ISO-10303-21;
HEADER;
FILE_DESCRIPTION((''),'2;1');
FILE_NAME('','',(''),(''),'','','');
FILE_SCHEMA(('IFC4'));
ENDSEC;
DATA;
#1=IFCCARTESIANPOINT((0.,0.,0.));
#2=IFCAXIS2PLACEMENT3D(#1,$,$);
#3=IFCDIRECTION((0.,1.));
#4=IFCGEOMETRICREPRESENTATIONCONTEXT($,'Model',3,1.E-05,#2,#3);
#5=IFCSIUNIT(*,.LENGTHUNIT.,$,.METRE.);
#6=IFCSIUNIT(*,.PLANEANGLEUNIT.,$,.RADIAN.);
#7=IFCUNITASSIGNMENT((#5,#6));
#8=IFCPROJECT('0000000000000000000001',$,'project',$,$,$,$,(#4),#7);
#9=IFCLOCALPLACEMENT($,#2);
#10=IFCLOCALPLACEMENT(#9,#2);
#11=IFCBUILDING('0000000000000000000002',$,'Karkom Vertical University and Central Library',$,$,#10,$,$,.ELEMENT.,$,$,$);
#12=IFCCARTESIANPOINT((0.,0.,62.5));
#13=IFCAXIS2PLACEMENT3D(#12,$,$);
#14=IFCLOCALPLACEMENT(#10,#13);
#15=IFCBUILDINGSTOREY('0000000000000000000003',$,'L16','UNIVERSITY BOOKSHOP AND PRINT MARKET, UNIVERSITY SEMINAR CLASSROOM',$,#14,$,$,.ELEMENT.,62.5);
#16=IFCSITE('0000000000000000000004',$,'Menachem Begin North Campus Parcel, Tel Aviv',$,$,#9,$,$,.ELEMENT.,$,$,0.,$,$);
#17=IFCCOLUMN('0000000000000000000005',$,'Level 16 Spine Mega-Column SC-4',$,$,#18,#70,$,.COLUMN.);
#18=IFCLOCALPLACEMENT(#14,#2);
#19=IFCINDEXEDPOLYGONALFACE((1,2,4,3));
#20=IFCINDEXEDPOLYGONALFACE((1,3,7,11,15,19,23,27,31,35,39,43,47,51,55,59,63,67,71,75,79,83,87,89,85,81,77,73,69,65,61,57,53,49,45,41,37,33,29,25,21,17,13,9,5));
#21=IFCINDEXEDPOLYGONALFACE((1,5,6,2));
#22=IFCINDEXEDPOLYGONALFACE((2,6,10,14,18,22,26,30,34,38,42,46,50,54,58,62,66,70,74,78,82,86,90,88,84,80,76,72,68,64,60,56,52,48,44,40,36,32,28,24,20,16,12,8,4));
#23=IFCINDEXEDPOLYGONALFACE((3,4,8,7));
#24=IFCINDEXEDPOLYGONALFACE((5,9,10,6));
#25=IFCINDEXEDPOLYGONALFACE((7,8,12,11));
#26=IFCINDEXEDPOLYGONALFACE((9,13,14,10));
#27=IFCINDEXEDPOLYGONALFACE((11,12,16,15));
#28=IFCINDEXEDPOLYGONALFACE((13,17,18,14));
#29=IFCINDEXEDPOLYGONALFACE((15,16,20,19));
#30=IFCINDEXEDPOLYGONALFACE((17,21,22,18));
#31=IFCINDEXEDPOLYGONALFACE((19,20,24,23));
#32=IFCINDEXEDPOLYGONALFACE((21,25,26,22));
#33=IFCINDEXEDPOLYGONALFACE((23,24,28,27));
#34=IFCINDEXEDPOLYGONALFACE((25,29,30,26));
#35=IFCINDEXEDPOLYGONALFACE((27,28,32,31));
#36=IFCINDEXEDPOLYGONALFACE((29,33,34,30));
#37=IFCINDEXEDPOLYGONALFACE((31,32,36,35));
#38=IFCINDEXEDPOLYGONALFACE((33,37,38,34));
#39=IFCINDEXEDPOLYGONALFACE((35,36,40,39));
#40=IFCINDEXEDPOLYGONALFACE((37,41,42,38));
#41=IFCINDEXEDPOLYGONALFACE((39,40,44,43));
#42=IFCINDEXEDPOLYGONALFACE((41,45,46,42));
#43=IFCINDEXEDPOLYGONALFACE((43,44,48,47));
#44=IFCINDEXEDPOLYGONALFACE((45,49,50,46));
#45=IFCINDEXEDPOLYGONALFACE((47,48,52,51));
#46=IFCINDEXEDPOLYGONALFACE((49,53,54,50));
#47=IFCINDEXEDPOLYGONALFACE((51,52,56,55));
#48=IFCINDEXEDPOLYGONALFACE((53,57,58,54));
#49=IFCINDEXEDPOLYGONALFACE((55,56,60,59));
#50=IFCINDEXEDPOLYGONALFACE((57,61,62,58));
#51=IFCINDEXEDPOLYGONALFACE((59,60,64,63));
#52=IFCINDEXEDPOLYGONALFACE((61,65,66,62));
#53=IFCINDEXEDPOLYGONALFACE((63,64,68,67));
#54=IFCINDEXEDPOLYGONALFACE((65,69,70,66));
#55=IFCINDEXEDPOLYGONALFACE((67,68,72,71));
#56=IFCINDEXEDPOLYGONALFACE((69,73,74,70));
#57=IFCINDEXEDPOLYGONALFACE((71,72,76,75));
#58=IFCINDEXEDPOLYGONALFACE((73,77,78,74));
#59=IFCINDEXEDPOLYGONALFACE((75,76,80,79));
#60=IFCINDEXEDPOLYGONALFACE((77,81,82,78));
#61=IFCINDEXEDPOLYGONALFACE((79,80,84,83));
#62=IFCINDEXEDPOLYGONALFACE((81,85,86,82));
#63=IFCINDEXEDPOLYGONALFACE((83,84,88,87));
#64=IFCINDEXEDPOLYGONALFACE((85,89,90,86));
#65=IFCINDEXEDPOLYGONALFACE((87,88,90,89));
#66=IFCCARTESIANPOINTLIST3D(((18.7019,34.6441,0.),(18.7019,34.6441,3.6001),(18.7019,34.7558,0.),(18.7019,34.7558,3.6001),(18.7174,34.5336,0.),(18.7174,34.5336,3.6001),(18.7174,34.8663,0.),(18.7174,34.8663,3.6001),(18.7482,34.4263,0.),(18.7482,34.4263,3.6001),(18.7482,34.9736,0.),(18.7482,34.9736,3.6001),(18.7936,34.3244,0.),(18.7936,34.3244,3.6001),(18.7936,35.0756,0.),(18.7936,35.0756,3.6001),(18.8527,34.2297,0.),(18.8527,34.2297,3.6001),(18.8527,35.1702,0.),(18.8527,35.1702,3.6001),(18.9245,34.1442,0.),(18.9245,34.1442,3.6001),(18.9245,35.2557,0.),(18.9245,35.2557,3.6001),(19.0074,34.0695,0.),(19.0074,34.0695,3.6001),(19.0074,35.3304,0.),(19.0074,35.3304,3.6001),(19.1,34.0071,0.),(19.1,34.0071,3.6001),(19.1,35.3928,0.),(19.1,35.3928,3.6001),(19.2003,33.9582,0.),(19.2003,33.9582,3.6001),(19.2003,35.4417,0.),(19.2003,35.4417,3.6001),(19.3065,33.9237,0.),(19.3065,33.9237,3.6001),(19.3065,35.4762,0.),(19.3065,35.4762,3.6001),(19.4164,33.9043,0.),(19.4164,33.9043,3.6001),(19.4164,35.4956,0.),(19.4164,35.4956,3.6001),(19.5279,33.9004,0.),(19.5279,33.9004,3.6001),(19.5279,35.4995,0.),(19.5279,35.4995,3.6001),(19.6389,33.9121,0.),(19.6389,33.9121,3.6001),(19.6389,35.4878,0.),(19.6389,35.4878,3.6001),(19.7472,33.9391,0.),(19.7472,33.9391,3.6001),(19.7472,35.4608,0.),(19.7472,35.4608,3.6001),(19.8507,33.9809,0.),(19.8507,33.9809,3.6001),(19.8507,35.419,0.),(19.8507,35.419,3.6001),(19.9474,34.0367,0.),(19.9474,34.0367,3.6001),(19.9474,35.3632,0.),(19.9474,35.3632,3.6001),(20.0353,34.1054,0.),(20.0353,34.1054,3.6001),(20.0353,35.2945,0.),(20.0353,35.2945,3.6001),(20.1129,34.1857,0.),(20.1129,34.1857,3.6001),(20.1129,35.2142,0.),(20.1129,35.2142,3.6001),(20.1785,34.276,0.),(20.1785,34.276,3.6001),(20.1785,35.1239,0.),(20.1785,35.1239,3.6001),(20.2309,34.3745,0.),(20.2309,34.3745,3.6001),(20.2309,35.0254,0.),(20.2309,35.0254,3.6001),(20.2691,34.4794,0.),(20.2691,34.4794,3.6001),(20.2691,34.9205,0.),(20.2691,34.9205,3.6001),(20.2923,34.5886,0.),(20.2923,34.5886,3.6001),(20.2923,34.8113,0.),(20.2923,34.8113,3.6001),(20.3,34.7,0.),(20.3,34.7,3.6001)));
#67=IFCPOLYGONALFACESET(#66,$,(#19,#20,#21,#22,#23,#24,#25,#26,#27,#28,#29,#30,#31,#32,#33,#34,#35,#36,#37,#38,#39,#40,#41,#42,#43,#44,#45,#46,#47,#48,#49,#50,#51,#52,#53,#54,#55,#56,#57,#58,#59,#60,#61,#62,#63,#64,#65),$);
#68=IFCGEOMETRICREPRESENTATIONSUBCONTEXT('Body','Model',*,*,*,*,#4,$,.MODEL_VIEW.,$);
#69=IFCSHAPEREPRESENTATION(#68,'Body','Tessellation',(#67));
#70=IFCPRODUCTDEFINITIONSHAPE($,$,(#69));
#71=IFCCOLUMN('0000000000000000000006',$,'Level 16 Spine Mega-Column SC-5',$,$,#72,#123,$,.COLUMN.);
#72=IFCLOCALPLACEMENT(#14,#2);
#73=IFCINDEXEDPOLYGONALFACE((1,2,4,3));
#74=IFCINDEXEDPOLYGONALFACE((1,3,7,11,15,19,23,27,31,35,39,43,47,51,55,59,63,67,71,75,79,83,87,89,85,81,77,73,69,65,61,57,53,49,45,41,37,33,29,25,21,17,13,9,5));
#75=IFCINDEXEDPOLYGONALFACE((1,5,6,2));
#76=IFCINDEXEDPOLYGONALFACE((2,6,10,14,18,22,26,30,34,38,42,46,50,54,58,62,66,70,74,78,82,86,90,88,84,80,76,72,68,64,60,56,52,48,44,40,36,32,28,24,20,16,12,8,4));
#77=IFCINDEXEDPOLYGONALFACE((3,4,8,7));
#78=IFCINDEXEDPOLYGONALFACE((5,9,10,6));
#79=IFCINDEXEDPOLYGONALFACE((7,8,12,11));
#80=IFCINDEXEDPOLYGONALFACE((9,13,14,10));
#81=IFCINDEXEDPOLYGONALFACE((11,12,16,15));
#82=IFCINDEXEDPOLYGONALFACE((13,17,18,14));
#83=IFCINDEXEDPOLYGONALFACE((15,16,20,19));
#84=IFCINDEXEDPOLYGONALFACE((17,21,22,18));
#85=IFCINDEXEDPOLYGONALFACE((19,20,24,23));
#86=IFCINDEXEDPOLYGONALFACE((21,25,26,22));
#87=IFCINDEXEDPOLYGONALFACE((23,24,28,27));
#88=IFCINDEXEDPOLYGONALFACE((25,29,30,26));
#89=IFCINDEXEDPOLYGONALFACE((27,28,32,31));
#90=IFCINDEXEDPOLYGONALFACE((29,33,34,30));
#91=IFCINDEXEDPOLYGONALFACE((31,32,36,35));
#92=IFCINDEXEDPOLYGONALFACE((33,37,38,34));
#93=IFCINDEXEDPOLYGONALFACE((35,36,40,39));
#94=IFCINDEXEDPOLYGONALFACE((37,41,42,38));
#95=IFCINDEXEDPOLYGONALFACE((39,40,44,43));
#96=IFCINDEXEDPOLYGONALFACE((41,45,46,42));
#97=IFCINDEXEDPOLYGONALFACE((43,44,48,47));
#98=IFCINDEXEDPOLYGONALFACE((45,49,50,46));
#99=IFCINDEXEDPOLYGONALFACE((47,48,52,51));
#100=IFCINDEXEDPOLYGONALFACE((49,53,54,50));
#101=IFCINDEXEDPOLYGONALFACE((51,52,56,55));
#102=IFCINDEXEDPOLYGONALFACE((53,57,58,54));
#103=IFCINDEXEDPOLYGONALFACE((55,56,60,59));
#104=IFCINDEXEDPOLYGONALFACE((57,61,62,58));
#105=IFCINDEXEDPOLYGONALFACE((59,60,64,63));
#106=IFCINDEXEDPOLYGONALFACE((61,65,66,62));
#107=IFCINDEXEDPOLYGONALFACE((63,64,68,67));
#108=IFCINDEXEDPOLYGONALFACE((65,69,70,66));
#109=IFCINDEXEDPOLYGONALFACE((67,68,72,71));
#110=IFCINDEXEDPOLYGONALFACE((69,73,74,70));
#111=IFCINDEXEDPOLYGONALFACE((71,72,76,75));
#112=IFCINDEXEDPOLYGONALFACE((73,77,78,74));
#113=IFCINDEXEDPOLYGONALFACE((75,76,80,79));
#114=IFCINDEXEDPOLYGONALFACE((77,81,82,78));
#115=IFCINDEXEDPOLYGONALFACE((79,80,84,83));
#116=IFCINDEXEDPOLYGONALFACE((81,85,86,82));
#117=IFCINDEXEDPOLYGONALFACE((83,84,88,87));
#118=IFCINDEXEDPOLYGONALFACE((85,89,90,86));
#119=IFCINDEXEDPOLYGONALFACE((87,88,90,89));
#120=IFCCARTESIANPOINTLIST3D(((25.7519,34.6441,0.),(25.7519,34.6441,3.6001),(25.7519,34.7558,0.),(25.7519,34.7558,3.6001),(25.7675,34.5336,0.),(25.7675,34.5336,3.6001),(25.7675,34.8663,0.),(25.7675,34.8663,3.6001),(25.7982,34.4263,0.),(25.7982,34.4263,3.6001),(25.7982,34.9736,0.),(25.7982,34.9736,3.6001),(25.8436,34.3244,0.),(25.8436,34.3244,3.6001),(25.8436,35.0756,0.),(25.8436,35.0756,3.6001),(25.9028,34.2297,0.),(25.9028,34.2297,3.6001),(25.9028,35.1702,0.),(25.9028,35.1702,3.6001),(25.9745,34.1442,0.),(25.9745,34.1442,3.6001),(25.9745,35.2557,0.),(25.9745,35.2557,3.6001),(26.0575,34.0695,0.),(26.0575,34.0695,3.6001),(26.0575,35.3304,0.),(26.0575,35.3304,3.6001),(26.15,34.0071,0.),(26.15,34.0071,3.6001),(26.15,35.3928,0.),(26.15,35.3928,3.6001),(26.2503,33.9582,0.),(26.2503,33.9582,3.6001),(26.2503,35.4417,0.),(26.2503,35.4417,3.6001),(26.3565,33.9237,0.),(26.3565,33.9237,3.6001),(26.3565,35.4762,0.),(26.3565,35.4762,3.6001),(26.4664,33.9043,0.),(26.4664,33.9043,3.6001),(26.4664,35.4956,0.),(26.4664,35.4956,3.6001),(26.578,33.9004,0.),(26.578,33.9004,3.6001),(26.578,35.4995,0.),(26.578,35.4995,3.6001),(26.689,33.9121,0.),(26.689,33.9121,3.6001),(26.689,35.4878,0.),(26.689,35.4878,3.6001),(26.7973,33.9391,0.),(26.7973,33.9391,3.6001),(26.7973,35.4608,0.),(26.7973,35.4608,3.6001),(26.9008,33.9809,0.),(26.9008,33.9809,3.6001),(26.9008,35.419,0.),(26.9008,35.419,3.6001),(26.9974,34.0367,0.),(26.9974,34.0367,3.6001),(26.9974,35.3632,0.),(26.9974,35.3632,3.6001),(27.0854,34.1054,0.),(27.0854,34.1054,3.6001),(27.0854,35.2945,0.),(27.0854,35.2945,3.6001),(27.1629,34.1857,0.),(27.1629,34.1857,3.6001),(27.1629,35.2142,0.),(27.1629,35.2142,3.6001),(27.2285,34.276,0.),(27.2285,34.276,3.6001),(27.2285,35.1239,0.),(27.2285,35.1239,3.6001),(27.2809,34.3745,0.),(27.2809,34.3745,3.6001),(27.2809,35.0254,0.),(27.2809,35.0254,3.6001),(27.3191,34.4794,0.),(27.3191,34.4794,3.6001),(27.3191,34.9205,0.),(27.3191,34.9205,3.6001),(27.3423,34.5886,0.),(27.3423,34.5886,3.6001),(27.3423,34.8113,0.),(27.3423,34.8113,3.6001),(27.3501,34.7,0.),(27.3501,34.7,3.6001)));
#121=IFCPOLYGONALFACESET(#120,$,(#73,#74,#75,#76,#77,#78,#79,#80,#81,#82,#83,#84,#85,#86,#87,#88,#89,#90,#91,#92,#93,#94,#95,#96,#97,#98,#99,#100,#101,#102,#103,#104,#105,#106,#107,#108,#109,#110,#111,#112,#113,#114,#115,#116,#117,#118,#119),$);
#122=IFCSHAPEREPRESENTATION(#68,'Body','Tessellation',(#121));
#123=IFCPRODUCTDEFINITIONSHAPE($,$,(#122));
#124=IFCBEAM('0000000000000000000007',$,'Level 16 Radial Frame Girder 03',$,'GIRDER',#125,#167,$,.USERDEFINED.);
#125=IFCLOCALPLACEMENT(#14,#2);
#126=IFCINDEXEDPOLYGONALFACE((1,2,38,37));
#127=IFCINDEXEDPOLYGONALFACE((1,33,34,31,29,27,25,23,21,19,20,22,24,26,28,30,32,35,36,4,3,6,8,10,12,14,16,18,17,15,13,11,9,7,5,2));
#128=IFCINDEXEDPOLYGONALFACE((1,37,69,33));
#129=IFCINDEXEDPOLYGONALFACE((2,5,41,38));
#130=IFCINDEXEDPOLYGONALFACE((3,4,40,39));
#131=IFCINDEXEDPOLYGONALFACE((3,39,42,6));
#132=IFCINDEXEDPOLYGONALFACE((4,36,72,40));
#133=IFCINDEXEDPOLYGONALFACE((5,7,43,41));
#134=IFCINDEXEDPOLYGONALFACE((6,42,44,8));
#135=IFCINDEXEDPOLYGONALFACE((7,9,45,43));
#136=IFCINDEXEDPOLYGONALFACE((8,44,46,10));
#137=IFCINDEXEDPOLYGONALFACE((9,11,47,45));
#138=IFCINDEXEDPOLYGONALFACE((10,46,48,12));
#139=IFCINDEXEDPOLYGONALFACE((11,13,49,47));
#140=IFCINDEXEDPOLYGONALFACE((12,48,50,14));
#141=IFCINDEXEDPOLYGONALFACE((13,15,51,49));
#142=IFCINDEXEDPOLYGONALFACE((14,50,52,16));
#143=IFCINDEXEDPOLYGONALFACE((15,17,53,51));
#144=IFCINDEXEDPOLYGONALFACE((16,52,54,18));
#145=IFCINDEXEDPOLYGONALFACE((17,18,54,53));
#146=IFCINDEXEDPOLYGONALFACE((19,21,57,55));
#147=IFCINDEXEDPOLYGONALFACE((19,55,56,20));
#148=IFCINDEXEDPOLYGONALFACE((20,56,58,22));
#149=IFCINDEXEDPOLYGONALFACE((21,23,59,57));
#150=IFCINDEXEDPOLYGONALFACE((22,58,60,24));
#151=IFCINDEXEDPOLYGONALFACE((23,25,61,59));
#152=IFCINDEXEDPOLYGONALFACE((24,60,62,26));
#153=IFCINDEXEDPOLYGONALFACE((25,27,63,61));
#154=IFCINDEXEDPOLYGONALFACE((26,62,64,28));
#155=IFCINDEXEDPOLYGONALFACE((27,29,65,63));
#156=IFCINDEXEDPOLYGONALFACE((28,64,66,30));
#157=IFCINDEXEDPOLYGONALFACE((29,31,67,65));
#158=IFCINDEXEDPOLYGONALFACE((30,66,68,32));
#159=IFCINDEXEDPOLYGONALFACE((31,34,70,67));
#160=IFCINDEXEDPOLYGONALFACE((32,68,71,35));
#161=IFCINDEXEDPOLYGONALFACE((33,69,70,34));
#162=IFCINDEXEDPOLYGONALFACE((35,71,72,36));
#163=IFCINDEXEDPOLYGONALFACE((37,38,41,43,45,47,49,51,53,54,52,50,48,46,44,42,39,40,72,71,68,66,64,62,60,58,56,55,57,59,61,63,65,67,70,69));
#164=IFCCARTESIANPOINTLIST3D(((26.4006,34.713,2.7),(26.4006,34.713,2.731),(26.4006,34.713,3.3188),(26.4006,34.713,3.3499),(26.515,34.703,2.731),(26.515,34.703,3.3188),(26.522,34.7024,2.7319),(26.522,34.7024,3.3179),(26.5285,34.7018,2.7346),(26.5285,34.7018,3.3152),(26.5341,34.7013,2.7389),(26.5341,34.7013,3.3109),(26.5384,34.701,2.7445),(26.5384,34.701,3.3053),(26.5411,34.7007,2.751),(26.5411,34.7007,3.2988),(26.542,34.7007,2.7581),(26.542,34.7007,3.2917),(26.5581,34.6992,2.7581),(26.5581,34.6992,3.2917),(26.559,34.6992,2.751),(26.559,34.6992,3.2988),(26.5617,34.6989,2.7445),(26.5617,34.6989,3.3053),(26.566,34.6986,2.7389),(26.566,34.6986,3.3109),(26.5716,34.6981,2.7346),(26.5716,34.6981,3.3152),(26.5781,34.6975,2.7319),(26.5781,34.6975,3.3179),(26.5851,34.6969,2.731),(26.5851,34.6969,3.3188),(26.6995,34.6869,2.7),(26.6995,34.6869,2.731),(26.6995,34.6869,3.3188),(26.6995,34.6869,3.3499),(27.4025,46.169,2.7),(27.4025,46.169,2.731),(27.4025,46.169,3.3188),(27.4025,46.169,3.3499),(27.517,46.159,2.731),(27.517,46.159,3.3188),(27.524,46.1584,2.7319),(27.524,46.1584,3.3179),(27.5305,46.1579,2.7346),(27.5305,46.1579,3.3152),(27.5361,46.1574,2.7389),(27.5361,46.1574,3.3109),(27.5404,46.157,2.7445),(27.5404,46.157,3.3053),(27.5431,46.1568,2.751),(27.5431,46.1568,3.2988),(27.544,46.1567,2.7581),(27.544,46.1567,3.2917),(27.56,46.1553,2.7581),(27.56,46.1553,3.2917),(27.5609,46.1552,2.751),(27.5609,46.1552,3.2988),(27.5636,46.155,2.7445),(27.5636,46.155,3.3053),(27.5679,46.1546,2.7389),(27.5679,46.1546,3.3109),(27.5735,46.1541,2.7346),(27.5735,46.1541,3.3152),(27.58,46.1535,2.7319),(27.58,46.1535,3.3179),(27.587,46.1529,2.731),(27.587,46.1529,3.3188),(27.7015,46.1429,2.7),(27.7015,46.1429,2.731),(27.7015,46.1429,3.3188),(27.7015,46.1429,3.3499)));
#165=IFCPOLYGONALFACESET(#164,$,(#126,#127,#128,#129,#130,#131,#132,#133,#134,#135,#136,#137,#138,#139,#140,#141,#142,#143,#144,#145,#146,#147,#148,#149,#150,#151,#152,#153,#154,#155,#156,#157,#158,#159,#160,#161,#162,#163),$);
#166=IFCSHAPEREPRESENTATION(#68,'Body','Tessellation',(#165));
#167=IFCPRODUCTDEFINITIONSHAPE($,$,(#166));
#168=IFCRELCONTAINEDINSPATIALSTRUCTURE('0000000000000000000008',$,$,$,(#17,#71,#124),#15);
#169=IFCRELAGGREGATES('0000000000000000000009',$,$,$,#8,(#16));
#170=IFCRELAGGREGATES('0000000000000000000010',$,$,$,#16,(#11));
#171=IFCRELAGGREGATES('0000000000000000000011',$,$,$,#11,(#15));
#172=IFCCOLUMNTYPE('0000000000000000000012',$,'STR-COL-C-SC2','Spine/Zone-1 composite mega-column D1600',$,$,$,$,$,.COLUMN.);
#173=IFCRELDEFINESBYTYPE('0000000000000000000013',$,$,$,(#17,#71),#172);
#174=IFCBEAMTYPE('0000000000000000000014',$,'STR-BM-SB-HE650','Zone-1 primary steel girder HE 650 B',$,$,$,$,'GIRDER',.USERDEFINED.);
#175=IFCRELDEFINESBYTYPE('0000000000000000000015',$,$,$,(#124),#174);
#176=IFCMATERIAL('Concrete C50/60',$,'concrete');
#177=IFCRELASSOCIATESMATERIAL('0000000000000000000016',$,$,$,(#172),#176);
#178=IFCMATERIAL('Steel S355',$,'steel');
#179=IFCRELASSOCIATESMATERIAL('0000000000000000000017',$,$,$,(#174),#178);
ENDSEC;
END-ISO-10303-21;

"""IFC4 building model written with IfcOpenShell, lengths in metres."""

from ifc_helpers import new_model, si_unit, direction, frame, origin, origin_with_axes, origin_2d, place, context, subcontext, project, spatial, circle, i_section, extrude, source, transform, mapped, material, material_profile, profile_set, type_object, element, save


model = new_model("IFC4")

# Units and contexts
model_context = context("Model", 3, precision=1e-05, world=origin(), true_north=direction((0.0, 1.0)))
body_context = subcontext(model_context, "Body", "Model", "MODEL_VIEW")
ifc_project = project(units=[si_unit("LENGTHUNIT", "METRE"), si_unit("PLANEANGLEUNIT", "RADIAN")], contexts=[model_context])

# Site, building, storey
site_placement = place(None, origin())
site = spatial("IfcSite", under=ifc_project, at=site_placement, Name="Menachem Begin North Campus Parcel, Tel Aviv", CompositionType="ELEMENT", RefElevation=0.0)
building_placement = place(site_placement, origin())
building = spatial("IfcBuilding", under=site, at=building_placement, Name="Karkom Vertical University and Central Library", CompositionType="ELEMENT")
storey_placement = place(building_placement, frame((0.0, 0.0, 62.5)))
storey = spatial("IfcBuildingStorey", under=building, at=storey_placement, Name="L16", Description="UNIVERSITY BOOKSHOP AND PRINT MARKET, UNIVERSITY SEMINAR CLASSROOM", CompositionType="ELEMENT", Elevation=62.5)

# Columns
ifc_material_1 = material(Name="Concrete C50/60", Category="concrete")
ifc_material_profile_1 = material_profile(ifc_material_1, circle(Radius=0.8, at=origin_2d()), Name="CFT-D1600")
ifc_profile_set_1 = profile_set([ifc_material_profile_1], Name="Concrete C50/60")
column_type = type_object("IfcColumnType", Name="STR-COL-C-SC2", Description="Spine/Zone-1 composite mega-column D1600", PredefinedType="COLUMN", material=ifc_profile_set_1)
shared_shape_1 = source(origin_with_axes(), body_context, "Body", "SweptSolid", [
    extrude(circle(Radius=0.8, at=origin_2d()), origin(), (0.0, 0.0, 1.0), 3.6001),
])
for number, where, z_axis, x_axis, name in (
    (1, (19.5, 34.7, 0.0), (0.0, 0.0, 1.0), (1.0, 0.0, 0.0), "Level 16 Spine Mega-Column SC-4"),
    (2, (26.55, 34.7, 0.0), (0.0, 0.0, 1.0), (1.0, 0.0, 0.0), "Level 16 Spine Mega-Column SC-5"),
):
    element("IfcColumn", number, at=place(storey_placement, frame(where, z_axis=z_axis, x_axis=x_axis)), inside=storey, type_object=column_type, Name=name, PredefinedType="COLUMN", context=body_context, shape_type="MappedRepresentation", body=[
        mapped(shared_shape_1, transform((0.0, 0.0, 0.0), scale=1.0)),
    ])

# Beam
ifc_material_2 = material(Name="Steel S355", Category="steel")
ifc_material_profile_2 = material_profile(ifc_material_2, i_section(OverallWidth=0.3, OverallDepth=0.6499, WebThickness=0.0161, FlangeThickness=0.031, FilletRadius=0.0271, at=origin_2d()), Name="HE 650 B")
ifc_profile_set_2 = profile_set([ifc_material_profile_2], Name="Steel S355")
beam_type_1 = type_object("IfcBeamType", Name="STR-BM-SB-HE650", Description="Zone-1 primary steel girder HE 650 B", ElementType="GIRDER", PredefinedType="USERDEFINED", material=ifc_profile_set_2)
shared_shape_2 = source(origin_with_axes(), body_context, "Body", "SweptSolid", [
    extrude(i_section(OverallWidth=0.3, OverallDepth=0.6499, WebThickness=0.0161, FlangeThickness=0.031, FilletRadius=0.0271, at=origin_2d()), origin(), (0.0, 0.0, 1.0), 11.4998),
])
beam_1_placement = place(storey_placement, frame((26.55, 34.7, 3.0249), z_axis=(0.087128, 0.996197, 0.0), x_axis=(-0.996197, 0.087128, 0.0)))
element("IfcBeam", 3, at=beam_1_placement, inside=storey, type_object=beam_type_1, Name="Level 16 Radial Frame Girder 03", ObjectType="GIRDER", PredefinedType="USERDEFINED", context=body_context, shape_type="MappedRepresentation", body=[
    mapped(shared_shape_2, transform((0.0, 0.0, 0.0), scale=1.0)),
])

save(model, "model.ifc")
